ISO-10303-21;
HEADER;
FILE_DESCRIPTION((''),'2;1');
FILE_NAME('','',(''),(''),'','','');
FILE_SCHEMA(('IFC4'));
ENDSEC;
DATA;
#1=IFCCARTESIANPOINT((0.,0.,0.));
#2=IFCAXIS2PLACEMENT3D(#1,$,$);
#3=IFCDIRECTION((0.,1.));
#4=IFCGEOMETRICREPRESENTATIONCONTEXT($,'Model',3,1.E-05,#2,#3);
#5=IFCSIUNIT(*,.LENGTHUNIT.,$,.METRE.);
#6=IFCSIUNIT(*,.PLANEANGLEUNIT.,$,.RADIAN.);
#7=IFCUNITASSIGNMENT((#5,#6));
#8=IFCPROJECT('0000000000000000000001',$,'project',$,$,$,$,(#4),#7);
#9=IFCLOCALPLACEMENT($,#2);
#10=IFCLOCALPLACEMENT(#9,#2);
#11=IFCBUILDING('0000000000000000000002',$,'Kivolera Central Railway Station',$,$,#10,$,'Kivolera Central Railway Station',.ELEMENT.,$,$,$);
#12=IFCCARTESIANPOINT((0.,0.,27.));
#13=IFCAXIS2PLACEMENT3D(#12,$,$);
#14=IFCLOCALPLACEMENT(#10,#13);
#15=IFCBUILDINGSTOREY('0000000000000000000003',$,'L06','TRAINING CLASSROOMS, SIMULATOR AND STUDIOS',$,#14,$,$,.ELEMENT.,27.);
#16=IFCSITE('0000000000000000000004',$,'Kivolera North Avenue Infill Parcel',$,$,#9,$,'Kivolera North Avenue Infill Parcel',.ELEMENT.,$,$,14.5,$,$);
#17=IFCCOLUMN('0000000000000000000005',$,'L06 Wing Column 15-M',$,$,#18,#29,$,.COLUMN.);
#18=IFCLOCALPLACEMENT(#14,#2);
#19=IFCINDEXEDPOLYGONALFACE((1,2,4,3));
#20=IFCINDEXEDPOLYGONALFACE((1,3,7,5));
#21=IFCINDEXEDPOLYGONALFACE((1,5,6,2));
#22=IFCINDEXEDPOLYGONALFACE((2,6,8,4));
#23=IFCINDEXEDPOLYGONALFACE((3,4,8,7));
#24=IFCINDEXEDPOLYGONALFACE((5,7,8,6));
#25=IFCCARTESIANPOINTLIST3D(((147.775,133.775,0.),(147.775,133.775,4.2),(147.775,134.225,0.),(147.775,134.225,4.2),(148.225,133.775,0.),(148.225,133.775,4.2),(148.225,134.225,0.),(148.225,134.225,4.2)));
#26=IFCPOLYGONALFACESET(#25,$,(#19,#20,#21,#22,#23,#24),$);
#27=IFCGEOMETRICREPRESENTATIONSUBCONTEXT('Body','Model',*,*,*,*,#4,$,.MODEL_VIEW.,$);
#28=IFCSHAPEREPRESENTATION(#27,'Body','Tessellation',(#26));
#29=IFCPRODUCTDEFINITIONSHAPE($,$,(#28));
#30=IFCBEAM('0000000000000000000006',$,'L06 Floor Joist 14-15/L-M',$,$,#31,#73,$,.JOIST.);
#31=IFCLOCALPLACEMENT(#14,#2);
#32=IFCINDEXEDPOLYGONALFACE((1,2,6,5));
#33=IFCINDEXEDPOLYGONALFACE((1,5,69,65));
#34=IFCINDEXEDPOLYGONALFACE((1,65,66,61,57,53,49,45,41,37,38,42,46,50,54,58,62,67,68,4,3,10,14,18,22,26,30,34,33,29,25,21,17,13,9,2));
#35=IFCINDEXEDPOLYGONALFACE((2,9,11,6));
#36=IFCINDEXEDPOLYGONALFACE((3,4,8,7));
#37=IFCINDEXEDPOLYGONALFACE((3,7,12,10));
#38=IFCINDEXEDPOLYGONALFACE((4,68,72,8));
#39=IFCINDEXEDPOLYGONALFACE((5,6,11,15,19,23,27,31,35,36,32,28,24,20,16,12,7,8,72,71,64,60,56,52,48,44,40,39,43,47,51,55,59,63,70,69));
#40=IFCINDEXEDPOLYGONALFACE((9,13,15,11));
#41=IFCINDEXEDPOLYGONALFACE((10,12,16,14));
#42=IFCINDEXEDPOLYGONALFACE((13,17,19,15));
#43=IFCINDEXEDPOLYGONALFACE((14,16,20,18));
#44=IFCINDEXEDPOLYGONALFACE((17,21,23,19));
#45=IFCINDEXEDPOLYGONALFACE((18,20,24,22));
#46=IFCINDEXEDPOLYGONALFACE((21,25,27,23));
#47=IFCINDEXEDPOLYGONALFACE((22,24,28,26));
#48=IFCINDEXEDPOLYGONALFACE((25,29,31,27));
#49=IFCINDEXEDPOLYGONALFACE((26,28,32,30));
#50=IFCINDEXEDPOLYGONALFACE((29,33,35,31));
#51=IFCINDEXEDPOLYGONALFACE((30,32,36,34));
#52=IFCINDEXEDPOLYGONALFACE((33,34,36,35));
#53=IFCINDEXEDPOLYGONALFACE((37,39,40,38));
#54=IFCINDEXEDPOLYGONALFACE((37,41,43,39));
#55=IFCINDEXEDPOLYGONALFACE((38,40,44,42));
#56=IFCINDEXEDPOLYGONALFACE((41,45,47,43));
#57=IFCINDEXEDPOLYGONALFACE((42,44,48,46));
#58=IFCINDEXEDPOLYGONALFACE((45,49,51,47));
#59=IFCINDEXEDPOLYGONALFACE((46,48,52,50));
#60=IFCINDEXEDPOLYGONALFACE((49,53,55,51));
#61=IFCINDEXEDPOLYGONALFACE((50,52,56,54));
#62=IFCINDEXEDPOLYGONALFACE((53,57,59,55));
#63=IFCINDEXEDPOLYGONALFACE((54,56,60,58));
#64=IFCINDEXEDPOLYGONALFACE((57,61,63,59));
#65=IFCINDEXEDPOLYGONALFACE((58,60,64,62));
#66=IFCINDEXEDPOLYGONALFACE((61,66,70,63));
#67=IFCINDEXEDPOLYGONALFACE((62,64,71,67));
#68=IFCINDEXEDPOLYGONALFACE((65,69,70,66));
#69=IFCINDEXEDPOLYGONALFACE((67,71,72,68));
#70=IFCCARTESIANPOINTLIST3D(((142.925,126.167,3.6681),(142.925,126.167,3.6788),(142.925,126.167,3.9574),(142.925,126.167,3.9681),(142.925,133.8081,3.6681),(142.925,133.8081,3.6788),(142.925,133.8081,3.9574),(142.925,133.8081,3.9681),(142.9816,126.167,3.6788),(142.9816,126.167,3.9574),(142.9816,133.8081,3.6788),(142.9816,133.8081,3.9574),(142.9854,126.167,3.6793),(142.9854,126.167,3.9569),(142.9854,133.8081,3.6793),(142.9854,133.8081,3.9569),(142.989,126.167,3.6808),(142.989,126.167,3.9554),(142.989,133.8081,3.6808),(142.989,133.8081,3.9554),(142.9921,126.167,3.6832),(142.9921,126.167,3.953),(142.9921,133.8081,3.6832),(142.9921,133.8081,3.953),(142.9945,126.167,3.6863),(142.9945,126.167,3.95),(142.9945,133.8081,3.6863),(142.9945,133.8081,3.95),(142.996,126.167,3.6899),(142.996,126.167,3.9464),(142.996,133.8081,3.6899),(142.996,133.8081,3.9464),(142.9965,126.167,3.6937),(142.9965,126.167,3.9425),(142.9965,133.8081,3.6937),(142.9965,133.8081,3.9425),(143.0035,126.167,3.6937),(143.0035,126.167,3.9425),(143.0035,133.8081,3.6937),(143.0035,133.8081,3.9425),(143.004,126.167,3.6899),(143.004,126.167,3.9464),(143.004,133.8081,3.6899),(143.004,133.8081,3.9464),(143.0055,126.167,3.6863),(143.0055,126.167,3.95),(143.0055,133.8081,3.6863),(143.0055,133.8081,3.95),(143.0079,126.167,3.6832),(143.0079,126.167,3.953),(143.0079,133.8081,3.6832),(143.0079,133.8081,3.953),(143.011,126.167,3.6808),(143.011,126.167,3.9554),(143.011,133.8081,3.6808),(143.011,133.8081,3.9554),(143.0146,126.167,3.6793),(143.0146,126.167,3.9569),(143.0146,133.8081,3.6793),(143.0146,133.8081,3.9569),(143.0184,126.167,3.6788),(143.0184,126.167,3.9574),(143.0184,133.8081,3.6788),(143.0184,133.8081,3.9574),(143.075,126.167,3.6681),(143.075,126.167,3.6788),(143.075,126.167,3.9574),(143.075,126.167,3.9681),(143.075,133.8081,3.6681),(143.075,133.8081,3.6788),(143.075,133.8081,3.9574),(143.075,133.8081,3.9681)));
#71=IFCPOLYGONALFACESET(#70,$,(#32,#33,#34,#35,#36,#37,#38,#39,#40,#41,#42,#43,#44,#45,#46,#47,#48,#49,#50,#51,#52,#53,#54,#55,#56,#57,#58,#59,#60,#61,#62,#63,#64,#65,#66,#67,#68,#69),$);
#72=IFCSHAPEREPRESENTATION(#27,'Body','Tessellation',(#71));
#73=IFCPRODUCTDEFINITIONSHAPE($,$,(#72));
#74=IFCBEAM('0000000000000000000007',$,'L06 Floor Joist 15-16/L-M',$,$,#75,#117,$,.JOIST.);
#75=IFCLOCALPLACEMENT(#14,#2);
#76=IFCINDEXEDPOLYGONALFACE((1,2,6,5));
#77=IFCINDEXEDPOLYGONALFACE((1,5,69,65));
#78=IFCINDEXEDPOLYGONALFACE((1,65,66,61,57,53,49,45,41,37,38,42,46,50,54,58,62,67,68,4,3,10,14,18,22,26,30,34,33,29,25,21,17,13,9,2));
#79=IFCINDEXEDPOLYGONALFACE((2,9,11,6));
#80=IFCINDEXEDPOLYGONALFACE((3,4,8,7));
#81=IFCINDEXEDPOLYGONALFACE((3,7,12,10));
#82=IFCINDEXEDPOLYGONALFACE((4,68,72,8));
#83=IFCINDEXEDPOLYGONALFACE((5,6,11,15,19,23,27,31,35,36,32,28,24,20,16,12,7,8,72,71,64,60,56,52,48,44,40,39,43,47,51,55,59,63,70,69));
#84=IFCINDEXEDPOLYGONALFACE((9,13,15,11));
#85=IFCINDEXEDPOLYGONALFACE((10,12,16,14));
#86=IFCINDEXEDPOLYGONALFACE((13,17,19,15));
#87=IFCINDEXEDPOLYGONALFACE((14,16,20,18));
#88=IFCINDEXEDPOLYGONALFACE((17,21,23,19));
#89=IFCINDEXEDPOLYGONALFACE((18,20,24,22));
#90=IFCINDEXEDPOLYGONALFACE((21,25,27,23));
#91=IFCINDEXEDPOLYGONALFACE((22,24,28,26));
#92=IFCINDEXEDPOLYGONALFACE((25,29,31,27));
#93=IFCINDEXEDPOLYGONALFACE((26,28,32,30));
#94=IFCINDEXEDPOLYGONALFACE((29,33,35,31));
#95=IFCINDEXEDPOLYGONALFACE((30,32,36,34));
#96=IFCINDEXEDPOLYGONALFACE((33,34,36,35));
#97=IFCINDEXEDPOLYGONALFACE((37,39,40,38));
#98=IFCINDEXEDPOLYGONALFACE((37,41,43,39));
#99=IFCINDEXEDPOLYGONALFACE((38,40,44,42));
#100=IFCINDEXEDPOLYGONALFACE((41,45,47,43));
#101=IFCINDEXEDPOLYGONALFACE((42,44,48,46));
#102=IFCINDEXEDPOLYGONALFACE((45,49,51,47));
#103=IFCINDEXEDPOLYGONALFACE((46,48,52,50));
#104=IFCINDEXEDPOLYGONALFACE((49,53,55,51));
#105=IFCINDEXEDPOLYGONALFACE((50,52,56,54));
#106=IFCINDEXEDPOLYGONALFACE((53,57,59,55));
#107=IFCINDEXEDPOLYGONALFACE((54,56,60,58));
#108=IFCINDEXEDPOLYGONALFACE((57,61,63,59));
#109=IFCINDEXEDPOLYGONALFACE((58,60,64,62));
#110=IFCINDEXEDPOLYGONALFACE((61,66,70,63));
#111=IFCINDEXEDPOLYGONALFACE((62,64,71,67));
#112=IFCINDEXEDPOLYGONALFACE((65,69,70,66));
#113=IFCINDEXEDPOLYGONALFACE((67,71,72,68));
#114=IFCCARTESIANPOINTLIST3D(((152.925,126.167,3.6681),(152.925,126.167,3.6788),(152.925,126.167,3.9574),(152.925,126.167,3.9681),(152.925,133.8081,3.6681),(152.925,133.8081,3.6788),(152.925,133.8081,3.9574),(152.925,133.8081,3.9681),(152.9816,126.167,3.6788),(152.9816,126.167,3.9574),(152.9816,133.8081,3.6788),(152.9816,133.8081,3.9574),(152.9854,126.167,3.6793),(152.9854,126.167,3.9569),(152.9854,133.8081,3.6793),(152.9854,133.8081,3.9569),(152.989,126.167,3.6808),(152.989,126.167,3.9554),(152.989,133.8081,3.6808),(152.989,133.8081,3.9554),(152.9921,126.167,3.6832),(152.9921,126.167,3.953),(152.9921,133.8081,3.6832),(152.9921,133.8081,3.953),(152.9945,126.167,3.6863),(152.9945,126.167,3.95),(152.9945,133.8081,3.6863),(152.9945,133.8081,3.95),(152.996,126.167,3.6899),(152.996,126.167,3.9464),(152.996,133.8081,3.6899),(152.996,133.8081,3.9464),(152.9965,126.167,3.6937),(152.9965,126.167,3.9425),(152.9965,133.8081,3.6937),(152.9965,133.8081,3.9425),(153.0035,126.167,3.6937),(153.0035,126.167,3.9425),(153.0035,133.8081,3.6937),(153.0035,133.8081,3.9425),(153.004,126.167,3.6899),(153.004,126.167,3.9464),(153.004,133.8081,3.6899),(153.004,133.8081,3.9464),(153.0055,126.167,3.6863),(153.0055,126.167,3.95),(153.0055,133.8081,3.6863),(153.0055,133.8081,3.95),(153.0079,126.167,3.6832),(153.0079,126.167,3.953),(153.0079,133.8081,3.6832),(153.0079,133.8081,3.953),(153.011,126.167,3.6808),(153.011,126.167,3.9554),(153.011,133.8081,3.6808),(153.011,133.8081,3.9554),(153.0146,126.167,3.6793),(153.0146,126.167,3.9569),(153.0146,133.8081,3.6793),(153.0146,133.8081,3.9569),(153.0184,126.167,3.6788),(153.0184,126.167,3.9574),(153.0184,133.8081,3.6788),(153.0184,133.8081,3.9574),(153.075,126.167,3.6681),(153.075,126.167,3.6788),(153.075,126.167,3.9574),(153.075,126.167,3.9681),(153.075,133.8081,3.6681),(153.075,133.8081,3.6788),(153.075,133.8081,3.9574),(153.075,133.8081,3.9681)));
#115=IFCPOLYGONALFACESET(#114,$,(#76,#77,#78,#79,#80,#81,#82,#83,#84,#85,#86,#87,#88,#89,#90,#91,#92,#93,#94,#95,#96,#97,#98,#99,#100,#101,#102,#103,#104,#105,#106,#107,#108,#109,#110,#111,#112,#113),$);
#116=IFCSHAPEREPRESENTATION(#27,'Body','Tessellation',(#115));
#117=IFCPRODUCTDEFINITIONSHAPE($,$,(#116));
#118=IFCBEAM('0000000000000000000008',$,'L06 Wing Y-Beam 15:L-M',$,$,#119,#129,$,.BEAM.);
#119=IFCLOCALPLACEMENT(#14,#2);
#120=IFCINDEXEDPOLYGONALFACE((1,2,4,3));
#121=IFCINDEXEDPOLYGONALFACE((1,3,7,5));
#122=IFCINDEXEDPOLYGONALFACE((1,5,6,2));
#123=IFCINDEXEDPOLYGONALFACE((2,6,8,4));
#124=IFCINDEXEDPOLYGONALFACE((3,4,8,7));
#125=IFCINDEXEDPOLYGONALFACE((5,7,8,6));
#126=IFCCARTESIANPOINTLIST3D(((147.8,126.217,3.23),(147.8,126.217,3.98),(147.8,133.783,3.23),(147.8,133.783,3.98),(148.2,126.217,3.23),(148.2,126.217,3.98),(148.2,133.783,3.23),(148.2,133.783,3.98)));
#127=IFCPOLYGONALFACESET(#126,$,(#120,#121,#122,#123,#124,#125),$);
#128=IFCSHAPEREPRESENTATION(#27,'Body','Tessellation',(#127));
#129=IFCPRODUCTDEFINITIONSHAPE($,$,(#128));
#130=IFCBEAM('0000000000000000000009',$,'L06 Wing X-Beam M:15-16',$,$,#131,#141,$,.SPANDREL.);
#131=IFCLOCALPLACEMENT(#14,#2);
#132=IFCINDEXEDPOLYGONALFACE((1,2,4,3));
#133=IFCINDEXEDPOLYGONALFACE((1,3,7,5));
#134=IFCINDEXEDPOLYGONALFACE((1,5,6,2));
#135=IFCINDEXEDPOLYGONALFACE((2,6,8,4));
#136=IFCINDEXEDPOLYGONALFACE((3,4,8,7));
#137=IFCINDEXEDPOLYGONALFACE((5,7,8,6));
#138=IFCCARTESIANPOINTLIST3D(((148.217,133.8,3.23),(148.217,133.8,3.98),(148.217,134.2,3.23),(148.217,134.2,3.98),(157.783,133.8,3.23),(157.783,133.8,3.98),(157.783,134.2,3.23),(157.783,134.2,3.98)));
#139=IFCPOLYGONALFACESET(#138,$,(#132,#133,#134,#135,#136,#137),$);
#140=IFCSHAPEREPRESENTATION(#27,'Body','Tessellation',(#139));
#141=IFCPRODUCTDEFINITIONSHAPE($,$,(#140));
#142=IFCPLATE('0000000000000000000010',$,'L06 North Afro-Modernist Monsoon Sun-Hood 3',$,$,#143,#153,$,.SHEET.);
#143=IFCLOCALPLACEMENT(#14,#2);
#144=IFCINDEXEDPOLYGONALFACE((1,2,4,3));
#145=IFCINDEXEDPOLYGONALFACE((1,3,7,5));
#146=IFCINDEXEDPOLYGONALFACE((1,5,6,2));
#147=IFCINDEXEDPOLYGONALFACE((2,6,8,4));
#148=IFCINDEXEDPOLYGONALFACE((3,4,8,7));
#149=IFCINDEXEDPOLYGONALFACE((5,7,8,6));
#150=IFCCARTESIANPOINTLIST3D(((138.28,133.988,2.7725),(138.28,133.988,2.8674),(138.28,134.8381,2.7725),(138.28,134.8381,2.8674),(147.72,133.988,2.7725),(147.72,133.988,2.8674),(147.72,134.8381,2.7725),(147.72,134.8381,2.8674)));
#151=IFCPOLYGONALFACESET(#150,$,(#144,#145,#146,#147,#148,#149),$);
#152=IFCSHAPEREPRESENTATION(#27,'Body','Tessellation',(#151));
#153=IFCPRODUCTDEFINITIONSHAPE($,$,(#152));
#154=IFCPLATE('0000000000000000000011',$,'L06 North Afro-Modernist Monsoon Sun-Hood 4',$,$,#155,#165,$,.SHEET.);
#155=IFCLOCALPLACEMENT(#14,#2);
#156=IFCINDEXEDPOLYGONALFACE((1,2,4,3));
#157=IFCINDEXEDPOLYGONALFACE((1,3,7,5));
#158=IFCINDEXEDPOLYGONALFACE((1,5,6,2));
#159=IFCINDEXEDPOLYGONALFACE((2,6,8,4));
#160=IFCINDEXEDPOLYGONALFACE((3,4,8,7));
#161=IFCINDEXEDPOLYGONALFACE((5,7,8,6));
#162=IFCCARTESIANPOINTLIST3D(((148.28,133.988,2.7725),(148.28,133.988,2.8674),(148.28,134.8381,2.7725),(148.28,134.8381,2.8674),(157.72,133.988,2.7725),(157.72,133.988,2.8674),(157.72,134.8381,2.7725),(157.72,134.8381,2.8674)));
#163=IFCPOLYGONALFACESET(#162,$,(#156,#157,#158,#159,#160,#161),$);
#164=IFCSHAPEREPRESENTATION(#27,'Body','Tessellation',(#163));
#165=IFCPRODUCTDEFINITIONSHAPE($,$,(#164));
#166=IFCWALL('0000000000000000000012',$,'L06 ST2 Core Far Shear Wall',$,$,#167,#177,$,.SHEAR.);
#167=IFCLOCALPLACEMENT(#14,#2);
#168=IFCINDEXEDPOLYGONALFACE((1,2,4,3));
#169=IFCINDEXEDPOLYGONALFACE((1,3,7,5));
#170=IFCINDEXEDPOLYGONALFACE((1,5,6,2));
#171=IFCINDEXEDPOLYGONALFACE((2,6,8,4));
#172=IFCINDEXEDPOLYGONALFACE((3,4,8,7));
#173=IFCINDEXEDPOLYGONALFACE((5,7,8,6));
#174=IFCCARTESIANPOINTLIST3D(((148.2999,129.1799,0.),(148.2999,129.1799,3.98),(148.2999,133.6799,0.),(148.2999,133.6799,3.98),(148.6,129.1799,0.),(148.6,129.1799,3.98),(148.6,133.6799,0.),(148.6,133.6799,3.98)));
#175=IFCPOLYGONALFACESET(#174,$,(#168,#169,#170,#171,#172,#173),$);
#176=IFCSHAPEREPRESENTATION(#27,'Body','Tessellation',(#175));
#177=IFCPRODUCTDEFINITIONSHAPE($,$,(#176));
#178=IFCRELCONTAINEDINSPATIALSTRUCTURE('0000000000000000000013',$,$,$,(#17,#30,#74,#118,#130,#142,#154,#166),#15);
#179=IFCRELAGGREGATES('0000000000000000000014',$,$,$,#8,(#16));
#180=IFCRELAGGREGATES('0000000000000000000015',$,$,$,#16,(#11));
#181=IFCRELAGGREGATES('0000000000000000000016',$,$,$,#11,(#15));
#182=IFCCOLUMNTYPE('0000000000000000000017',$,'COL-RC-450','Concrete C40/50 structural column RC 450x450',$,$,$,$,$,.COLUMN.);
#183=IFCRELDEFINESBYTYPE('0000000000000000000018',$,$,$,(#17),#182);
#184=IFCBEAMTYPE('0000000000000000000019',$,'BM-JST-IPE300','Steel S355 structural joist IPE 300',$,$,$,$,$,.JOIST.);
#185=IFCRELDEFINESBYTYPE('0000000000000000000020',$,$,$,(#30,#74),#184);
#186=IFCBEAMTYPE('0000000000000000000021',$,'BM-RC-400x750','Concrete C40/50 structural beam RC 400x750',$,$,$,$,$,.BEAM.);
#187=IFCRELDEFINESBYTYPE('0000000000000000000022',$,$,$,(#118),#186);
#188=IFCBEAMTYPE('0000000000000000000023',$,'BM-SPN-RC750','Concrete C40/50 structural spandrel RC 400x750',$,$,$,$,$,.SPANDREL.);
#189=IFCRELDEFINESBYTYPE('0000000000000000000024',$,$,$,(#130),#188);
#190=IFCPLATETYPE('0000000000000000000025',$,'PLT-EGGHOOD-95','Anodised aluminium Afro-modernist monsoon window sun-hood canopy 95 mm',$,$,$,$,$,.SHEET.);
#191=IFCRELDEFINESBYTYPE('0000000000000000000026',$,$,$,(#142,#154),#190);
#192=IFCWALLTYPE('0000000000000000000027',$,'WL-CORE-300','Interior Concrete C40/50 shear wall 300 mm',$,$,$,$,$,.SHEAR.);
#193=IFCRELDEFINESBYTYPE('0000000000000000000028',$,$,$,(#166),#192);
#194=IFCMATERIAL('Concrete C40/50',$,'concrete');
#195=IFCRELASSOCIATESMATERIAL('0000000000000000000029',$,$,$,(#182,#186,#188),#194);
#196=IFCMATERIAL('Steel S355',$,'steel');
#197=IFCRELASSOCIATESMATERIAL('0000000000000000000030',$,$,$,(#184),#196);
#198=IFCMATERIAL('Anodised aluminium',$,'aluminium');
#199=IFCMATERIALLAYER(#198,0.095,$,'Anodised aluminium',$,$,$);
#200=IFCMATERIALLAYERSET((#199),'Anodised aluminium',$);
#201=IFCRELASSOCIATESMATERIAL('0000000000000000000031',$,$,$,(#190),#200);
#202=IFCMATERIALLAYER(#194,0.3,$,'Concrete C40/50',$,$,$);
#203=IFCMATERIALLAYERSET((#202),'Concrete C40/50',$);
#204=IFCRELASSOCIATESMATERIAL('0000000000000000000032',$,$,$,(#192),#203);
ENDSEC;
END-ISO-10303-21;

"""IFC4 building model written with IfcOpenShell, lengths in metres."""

from ifc_helpers import new_model, si_unit, direction, frame, frame_2d, origin, origin_2d, place, context, subcontext, project, spatial, rectangle, i_section, extrude, material, layer, layer_set, material_profile, profile_set, type_object, element, save


model = new_model("IFC4")

# Units and contexts
model_context = context("Model", 3, precision=1e-05, world=origin(), true_north=direction((0.0, 1.0)))
body_context = subcontext(model_context, "Body", "Model", "MODEL_VIEW")
ifc_project = project(units=[si_unit("LENGTHUNIT", "METRE"), si_unit("PLANEANGLEUNIT", "RADIAN")], contexts=[model_context])

# Site, building, storey
site_placement = place(None, origin())
site = spatial("IfcSite", under=ifc_project, at=site_placement, Name="Kivolera North Avenue Infill Parcel", LongName="Kivolera North Avenue Infill Parcel", CompositionType="ELEMENT", RefElevation=14.5)
building_placement = place(site_placement, origin())
building = spatial("IfcBuilding", under=site, at=building_placement, Name="Kivolera Central Railway Station", LongName="Kivolera Central Railway Station", CompositionType="ELEMENT")
storey_placement = place(building_placement, frame((0.0, 0.0, 27.0)))
storey = spatial("IfcBuildingStorey", under=building, at=storey_placement, Name="L06", Description="TRAINING CLASSROOMS, SIMULATOR AND STUDIOS", CompositionType="ELEMENT", Elevation=27.0)

# Column
ifc_material_1 = material(Name="Concrete C40/50", Category="concrete")
ifc_material_profile_1 = material_profile(ifc_material_1, rectangle(XDim=0.45, YDim=0.45, at=origin_2d()), Name="RC 450x450")
ifc_profile_set_1 = profile_set([ifc_material_profile_1], Name="Concrete C40/50")
column_type = type_object("IfcColumnType", Name="COL-RC-450", Description="Concrete C40/50 structural column RC 450x450", PredefinedType="COLUMN", material=ifc_profile_set_1)
column_placement = place(storey_placement, frame((148.0, 134.0, 0.0), z_axis=(0.0, 0.0, 1.0), x_axis=(1.0, 0.0, 0.0)))
element("IfcColumn", 1, at=column_placement, inside=storey, type_object=column_type, Name="L06 Wing Column 15-M", PredefinedType="COLUMN", context=body_context, shape_type="SweptSolid", body=[
    extrude(rectangle(XDim=0.45, YDim=0.45, at=origin_2d()), origin(), (0.0, 0.0, 1.0), 4.2),
])

# Beams
ifc_material_2 = material(Name="Steel S355", Category="steel")
ifc_material_profile_2 = material_profile(ifc_material_2, i_section(OverallWidth=0.1499, OverallDepth=0.3, WebThickness=0.0071, FlangeThickness=0.0107, FilletRadius=0.0149, at=origin_2d()), Name="IPE 300")
ifc_profile_set_2 = profile_set([ifc_material_profile_2], Name="Steel S355")
beam_type_1 = type_object("IfcBeamType", Name="BM-JST-IPE300", Description="Steel S355 structural joist IPE 300", PredefinedType="JOIST", material=ifc_profile_set_2)
for number, where, z_axis, x_axis, name in (
    (2, (143.0, 126.167, 3.8181), (0.0, 1.0, 0.0), (-1.0, 0.0, 0.0), "L06 Floor Joist 14-15/L-M"),
    (3, (153.0, 126.167, 3.8181), (0.0, 1.0, 0.0), (-1.0, 0.0, 0.0), "L06 Floor Joist 15-16/L-M"),
):
    element("IfcBeam", number, at=place(storey_placement, frame(where, z_axis=z_axis, x_axis=x_axis)), inside=storey, type_object=beam_type_1, Name=name, PredefinedType="JOIST", context=body_context, shape_type="SweptSolid", body=[
        extrude(i_section(OverallWidth=0.1499, OverallDepth=0.3, WebThickness=0.0071, FlangeThickness=0.0107, FilletRadius=0.0149, at=origin_2d()), origin(), (0.0, 0.0, 1.0), 7.6411),
    ])
ifc_material_profile_3 = material_profile(ifc_material_1, rectangle(XDim=0.3999, YDim=0.75, at=origin_2d()), Name="RC 400x750")
ifc_profile_set_3 = profile_set([ifc_material_profile_3], Name="Concrete C40/50")
beam_type_2 = type_object("IfcBeamType", Name="BM-RC-400x750", Description="Concrete C40/50 structural beam RC 400x750", PredefinedType="BEAM", material=ifc_profile_set_3)
beam_1_placement = place(storey_placement, frame((148.0, 126.217, 3.605), z_axis=(0.0, 1.0, 0.0), x_axis=(-1.0, 0.0, 0.0)))
element("IfcBeam", 4, at=beam_1_placement, inside=storey, type_object=beam_type_2, Name="L06 Wing Y-Beam 15:L-M", PredefinedType="BEAM", context=body_context, shape_type="SweptSolid", body=[
    extrude(rectangle(XDim=0.3999, YDim=0.75, at=origin_2d()), origin(), (0.0, 0.0, 1.0), 7.5659),
])
ifc_material_profile_4 = material_profile(ifc_material_1, rectangle(XDim=0.3999, YDim=0.75, at=origin_2d()), Name="RC 400x750")
ifc_profile_set_4 = profile_set([ifc_material_profile_4], Name="Concrete C40/50")
beam_type_3 = type_object("IfcBeamType", Name="BM-SPN-RC750", Description="Concrete C40/50 structural spandrel RC 400x750", PredefinedType="SPANDREL", material=ifc_profile_set_4)
beam_2_placement = place(storey_placement, frame((148.217, 134.0, 3.605), z_axis=(1.0, 0.0, 0.0), x_axis=(0.0, 1.0, 0.0)))
element("IfcBeam", 5, at=beam_2_placement, inside=storey, type_object=beam_type_3, Name="L06 Wing X-Beam M:15-16", PredefinedType="SPANDREL", context=body_context, shape_type="SweptSolid", body=[
    extrude(rectangle(XDim=0.3999, YDim=0.75, at=origin_2d()), origin(), (0.0, 0.0, 1.0), 9.5659),
])

# Plates
ifc_material_3 = material(Name="Anodised aluminium", Category="aluminium")
ifc_layer_1 = layer(ifc_material_3, 0.095, Name="Anodised aluminium")
ifc_layer_set_1 = layer_set([ifc_layer_1], Name="Anodised aluminium")
plate_type = type_object("IfcPlateType", Name="PLT-EGGHOOD-95", Description="Anodised aluminium Afro-modernist monsoon window sun-hood canopy 95 mm", PredefinedType="SHEET", material=ifc_layer_set_1)
for number, where, z_axis, x_axis, name in (
    (6, (143.0, 134.4131, 2.7725), (0.0, 0.0, 1.0), (1.0, 0.0, 0.0), "L06 North Afro-Modernist Monsoon Sun-Hood 3"),
    (7, (153.0, 134.4131, 2.7725), (0.0, 0.0, 1.0), (1.0, 0.0, 0.0), "L06 North Afro-Modernist Monsoon Sun-Hood 4"),
):
    element("IfcPlate", number, at=place(storey_placement, frame(where, z_axis=z_axis, x_axis=x_axis)), inside=storey, type_object=plate_type, Name=name, PredefinedType="SHEET", context=body_context, shape_type="SweptSolid", body=[
        extrude(rectangle(XDim=9.4399, YDim=0.8501, at=origin_2d()), origin(), (0.0, 0.0, 1.0), 0.095),
    ])

# Wall
ifc_layer_2 = layer(ifc_material_1, 0.3, Name="Concrete C40/50")
ifc_layer_set_2 = layer_set([ifc_layer_2], Name="Concrete C40/50")
wall_type_1 = type_object("IfcWallType", Name="WL-CORE-300", Description="Interior Concrete C40/50 shear wall 300 mm", PredefinedType="SHEAR", material=ifc_layer_set_2)
wall_1_placement = place(storey_placement, frame((148.45, 129.1799, 0.0), z_axis=(0.0, 0.0, 1.0), x_axis=(0.0, 1.0, 0.0)))
element("IfcWall", 8, at=wall_1_placement, inside=storey, type_object=wall_type_1, Name="L06 ST2 Core Far Shear Wall", PredefinedType="SHEAR", context=body_context, shape_type="SweptSolid", body=[
    extrude(rectangle(XDim=4.5, YDim=0.3, at=frame_2d((2.25, 0.0))), origin(), (0.0, 0.0, 1.0), 3.98),
])

save(model, "model.ifc")
